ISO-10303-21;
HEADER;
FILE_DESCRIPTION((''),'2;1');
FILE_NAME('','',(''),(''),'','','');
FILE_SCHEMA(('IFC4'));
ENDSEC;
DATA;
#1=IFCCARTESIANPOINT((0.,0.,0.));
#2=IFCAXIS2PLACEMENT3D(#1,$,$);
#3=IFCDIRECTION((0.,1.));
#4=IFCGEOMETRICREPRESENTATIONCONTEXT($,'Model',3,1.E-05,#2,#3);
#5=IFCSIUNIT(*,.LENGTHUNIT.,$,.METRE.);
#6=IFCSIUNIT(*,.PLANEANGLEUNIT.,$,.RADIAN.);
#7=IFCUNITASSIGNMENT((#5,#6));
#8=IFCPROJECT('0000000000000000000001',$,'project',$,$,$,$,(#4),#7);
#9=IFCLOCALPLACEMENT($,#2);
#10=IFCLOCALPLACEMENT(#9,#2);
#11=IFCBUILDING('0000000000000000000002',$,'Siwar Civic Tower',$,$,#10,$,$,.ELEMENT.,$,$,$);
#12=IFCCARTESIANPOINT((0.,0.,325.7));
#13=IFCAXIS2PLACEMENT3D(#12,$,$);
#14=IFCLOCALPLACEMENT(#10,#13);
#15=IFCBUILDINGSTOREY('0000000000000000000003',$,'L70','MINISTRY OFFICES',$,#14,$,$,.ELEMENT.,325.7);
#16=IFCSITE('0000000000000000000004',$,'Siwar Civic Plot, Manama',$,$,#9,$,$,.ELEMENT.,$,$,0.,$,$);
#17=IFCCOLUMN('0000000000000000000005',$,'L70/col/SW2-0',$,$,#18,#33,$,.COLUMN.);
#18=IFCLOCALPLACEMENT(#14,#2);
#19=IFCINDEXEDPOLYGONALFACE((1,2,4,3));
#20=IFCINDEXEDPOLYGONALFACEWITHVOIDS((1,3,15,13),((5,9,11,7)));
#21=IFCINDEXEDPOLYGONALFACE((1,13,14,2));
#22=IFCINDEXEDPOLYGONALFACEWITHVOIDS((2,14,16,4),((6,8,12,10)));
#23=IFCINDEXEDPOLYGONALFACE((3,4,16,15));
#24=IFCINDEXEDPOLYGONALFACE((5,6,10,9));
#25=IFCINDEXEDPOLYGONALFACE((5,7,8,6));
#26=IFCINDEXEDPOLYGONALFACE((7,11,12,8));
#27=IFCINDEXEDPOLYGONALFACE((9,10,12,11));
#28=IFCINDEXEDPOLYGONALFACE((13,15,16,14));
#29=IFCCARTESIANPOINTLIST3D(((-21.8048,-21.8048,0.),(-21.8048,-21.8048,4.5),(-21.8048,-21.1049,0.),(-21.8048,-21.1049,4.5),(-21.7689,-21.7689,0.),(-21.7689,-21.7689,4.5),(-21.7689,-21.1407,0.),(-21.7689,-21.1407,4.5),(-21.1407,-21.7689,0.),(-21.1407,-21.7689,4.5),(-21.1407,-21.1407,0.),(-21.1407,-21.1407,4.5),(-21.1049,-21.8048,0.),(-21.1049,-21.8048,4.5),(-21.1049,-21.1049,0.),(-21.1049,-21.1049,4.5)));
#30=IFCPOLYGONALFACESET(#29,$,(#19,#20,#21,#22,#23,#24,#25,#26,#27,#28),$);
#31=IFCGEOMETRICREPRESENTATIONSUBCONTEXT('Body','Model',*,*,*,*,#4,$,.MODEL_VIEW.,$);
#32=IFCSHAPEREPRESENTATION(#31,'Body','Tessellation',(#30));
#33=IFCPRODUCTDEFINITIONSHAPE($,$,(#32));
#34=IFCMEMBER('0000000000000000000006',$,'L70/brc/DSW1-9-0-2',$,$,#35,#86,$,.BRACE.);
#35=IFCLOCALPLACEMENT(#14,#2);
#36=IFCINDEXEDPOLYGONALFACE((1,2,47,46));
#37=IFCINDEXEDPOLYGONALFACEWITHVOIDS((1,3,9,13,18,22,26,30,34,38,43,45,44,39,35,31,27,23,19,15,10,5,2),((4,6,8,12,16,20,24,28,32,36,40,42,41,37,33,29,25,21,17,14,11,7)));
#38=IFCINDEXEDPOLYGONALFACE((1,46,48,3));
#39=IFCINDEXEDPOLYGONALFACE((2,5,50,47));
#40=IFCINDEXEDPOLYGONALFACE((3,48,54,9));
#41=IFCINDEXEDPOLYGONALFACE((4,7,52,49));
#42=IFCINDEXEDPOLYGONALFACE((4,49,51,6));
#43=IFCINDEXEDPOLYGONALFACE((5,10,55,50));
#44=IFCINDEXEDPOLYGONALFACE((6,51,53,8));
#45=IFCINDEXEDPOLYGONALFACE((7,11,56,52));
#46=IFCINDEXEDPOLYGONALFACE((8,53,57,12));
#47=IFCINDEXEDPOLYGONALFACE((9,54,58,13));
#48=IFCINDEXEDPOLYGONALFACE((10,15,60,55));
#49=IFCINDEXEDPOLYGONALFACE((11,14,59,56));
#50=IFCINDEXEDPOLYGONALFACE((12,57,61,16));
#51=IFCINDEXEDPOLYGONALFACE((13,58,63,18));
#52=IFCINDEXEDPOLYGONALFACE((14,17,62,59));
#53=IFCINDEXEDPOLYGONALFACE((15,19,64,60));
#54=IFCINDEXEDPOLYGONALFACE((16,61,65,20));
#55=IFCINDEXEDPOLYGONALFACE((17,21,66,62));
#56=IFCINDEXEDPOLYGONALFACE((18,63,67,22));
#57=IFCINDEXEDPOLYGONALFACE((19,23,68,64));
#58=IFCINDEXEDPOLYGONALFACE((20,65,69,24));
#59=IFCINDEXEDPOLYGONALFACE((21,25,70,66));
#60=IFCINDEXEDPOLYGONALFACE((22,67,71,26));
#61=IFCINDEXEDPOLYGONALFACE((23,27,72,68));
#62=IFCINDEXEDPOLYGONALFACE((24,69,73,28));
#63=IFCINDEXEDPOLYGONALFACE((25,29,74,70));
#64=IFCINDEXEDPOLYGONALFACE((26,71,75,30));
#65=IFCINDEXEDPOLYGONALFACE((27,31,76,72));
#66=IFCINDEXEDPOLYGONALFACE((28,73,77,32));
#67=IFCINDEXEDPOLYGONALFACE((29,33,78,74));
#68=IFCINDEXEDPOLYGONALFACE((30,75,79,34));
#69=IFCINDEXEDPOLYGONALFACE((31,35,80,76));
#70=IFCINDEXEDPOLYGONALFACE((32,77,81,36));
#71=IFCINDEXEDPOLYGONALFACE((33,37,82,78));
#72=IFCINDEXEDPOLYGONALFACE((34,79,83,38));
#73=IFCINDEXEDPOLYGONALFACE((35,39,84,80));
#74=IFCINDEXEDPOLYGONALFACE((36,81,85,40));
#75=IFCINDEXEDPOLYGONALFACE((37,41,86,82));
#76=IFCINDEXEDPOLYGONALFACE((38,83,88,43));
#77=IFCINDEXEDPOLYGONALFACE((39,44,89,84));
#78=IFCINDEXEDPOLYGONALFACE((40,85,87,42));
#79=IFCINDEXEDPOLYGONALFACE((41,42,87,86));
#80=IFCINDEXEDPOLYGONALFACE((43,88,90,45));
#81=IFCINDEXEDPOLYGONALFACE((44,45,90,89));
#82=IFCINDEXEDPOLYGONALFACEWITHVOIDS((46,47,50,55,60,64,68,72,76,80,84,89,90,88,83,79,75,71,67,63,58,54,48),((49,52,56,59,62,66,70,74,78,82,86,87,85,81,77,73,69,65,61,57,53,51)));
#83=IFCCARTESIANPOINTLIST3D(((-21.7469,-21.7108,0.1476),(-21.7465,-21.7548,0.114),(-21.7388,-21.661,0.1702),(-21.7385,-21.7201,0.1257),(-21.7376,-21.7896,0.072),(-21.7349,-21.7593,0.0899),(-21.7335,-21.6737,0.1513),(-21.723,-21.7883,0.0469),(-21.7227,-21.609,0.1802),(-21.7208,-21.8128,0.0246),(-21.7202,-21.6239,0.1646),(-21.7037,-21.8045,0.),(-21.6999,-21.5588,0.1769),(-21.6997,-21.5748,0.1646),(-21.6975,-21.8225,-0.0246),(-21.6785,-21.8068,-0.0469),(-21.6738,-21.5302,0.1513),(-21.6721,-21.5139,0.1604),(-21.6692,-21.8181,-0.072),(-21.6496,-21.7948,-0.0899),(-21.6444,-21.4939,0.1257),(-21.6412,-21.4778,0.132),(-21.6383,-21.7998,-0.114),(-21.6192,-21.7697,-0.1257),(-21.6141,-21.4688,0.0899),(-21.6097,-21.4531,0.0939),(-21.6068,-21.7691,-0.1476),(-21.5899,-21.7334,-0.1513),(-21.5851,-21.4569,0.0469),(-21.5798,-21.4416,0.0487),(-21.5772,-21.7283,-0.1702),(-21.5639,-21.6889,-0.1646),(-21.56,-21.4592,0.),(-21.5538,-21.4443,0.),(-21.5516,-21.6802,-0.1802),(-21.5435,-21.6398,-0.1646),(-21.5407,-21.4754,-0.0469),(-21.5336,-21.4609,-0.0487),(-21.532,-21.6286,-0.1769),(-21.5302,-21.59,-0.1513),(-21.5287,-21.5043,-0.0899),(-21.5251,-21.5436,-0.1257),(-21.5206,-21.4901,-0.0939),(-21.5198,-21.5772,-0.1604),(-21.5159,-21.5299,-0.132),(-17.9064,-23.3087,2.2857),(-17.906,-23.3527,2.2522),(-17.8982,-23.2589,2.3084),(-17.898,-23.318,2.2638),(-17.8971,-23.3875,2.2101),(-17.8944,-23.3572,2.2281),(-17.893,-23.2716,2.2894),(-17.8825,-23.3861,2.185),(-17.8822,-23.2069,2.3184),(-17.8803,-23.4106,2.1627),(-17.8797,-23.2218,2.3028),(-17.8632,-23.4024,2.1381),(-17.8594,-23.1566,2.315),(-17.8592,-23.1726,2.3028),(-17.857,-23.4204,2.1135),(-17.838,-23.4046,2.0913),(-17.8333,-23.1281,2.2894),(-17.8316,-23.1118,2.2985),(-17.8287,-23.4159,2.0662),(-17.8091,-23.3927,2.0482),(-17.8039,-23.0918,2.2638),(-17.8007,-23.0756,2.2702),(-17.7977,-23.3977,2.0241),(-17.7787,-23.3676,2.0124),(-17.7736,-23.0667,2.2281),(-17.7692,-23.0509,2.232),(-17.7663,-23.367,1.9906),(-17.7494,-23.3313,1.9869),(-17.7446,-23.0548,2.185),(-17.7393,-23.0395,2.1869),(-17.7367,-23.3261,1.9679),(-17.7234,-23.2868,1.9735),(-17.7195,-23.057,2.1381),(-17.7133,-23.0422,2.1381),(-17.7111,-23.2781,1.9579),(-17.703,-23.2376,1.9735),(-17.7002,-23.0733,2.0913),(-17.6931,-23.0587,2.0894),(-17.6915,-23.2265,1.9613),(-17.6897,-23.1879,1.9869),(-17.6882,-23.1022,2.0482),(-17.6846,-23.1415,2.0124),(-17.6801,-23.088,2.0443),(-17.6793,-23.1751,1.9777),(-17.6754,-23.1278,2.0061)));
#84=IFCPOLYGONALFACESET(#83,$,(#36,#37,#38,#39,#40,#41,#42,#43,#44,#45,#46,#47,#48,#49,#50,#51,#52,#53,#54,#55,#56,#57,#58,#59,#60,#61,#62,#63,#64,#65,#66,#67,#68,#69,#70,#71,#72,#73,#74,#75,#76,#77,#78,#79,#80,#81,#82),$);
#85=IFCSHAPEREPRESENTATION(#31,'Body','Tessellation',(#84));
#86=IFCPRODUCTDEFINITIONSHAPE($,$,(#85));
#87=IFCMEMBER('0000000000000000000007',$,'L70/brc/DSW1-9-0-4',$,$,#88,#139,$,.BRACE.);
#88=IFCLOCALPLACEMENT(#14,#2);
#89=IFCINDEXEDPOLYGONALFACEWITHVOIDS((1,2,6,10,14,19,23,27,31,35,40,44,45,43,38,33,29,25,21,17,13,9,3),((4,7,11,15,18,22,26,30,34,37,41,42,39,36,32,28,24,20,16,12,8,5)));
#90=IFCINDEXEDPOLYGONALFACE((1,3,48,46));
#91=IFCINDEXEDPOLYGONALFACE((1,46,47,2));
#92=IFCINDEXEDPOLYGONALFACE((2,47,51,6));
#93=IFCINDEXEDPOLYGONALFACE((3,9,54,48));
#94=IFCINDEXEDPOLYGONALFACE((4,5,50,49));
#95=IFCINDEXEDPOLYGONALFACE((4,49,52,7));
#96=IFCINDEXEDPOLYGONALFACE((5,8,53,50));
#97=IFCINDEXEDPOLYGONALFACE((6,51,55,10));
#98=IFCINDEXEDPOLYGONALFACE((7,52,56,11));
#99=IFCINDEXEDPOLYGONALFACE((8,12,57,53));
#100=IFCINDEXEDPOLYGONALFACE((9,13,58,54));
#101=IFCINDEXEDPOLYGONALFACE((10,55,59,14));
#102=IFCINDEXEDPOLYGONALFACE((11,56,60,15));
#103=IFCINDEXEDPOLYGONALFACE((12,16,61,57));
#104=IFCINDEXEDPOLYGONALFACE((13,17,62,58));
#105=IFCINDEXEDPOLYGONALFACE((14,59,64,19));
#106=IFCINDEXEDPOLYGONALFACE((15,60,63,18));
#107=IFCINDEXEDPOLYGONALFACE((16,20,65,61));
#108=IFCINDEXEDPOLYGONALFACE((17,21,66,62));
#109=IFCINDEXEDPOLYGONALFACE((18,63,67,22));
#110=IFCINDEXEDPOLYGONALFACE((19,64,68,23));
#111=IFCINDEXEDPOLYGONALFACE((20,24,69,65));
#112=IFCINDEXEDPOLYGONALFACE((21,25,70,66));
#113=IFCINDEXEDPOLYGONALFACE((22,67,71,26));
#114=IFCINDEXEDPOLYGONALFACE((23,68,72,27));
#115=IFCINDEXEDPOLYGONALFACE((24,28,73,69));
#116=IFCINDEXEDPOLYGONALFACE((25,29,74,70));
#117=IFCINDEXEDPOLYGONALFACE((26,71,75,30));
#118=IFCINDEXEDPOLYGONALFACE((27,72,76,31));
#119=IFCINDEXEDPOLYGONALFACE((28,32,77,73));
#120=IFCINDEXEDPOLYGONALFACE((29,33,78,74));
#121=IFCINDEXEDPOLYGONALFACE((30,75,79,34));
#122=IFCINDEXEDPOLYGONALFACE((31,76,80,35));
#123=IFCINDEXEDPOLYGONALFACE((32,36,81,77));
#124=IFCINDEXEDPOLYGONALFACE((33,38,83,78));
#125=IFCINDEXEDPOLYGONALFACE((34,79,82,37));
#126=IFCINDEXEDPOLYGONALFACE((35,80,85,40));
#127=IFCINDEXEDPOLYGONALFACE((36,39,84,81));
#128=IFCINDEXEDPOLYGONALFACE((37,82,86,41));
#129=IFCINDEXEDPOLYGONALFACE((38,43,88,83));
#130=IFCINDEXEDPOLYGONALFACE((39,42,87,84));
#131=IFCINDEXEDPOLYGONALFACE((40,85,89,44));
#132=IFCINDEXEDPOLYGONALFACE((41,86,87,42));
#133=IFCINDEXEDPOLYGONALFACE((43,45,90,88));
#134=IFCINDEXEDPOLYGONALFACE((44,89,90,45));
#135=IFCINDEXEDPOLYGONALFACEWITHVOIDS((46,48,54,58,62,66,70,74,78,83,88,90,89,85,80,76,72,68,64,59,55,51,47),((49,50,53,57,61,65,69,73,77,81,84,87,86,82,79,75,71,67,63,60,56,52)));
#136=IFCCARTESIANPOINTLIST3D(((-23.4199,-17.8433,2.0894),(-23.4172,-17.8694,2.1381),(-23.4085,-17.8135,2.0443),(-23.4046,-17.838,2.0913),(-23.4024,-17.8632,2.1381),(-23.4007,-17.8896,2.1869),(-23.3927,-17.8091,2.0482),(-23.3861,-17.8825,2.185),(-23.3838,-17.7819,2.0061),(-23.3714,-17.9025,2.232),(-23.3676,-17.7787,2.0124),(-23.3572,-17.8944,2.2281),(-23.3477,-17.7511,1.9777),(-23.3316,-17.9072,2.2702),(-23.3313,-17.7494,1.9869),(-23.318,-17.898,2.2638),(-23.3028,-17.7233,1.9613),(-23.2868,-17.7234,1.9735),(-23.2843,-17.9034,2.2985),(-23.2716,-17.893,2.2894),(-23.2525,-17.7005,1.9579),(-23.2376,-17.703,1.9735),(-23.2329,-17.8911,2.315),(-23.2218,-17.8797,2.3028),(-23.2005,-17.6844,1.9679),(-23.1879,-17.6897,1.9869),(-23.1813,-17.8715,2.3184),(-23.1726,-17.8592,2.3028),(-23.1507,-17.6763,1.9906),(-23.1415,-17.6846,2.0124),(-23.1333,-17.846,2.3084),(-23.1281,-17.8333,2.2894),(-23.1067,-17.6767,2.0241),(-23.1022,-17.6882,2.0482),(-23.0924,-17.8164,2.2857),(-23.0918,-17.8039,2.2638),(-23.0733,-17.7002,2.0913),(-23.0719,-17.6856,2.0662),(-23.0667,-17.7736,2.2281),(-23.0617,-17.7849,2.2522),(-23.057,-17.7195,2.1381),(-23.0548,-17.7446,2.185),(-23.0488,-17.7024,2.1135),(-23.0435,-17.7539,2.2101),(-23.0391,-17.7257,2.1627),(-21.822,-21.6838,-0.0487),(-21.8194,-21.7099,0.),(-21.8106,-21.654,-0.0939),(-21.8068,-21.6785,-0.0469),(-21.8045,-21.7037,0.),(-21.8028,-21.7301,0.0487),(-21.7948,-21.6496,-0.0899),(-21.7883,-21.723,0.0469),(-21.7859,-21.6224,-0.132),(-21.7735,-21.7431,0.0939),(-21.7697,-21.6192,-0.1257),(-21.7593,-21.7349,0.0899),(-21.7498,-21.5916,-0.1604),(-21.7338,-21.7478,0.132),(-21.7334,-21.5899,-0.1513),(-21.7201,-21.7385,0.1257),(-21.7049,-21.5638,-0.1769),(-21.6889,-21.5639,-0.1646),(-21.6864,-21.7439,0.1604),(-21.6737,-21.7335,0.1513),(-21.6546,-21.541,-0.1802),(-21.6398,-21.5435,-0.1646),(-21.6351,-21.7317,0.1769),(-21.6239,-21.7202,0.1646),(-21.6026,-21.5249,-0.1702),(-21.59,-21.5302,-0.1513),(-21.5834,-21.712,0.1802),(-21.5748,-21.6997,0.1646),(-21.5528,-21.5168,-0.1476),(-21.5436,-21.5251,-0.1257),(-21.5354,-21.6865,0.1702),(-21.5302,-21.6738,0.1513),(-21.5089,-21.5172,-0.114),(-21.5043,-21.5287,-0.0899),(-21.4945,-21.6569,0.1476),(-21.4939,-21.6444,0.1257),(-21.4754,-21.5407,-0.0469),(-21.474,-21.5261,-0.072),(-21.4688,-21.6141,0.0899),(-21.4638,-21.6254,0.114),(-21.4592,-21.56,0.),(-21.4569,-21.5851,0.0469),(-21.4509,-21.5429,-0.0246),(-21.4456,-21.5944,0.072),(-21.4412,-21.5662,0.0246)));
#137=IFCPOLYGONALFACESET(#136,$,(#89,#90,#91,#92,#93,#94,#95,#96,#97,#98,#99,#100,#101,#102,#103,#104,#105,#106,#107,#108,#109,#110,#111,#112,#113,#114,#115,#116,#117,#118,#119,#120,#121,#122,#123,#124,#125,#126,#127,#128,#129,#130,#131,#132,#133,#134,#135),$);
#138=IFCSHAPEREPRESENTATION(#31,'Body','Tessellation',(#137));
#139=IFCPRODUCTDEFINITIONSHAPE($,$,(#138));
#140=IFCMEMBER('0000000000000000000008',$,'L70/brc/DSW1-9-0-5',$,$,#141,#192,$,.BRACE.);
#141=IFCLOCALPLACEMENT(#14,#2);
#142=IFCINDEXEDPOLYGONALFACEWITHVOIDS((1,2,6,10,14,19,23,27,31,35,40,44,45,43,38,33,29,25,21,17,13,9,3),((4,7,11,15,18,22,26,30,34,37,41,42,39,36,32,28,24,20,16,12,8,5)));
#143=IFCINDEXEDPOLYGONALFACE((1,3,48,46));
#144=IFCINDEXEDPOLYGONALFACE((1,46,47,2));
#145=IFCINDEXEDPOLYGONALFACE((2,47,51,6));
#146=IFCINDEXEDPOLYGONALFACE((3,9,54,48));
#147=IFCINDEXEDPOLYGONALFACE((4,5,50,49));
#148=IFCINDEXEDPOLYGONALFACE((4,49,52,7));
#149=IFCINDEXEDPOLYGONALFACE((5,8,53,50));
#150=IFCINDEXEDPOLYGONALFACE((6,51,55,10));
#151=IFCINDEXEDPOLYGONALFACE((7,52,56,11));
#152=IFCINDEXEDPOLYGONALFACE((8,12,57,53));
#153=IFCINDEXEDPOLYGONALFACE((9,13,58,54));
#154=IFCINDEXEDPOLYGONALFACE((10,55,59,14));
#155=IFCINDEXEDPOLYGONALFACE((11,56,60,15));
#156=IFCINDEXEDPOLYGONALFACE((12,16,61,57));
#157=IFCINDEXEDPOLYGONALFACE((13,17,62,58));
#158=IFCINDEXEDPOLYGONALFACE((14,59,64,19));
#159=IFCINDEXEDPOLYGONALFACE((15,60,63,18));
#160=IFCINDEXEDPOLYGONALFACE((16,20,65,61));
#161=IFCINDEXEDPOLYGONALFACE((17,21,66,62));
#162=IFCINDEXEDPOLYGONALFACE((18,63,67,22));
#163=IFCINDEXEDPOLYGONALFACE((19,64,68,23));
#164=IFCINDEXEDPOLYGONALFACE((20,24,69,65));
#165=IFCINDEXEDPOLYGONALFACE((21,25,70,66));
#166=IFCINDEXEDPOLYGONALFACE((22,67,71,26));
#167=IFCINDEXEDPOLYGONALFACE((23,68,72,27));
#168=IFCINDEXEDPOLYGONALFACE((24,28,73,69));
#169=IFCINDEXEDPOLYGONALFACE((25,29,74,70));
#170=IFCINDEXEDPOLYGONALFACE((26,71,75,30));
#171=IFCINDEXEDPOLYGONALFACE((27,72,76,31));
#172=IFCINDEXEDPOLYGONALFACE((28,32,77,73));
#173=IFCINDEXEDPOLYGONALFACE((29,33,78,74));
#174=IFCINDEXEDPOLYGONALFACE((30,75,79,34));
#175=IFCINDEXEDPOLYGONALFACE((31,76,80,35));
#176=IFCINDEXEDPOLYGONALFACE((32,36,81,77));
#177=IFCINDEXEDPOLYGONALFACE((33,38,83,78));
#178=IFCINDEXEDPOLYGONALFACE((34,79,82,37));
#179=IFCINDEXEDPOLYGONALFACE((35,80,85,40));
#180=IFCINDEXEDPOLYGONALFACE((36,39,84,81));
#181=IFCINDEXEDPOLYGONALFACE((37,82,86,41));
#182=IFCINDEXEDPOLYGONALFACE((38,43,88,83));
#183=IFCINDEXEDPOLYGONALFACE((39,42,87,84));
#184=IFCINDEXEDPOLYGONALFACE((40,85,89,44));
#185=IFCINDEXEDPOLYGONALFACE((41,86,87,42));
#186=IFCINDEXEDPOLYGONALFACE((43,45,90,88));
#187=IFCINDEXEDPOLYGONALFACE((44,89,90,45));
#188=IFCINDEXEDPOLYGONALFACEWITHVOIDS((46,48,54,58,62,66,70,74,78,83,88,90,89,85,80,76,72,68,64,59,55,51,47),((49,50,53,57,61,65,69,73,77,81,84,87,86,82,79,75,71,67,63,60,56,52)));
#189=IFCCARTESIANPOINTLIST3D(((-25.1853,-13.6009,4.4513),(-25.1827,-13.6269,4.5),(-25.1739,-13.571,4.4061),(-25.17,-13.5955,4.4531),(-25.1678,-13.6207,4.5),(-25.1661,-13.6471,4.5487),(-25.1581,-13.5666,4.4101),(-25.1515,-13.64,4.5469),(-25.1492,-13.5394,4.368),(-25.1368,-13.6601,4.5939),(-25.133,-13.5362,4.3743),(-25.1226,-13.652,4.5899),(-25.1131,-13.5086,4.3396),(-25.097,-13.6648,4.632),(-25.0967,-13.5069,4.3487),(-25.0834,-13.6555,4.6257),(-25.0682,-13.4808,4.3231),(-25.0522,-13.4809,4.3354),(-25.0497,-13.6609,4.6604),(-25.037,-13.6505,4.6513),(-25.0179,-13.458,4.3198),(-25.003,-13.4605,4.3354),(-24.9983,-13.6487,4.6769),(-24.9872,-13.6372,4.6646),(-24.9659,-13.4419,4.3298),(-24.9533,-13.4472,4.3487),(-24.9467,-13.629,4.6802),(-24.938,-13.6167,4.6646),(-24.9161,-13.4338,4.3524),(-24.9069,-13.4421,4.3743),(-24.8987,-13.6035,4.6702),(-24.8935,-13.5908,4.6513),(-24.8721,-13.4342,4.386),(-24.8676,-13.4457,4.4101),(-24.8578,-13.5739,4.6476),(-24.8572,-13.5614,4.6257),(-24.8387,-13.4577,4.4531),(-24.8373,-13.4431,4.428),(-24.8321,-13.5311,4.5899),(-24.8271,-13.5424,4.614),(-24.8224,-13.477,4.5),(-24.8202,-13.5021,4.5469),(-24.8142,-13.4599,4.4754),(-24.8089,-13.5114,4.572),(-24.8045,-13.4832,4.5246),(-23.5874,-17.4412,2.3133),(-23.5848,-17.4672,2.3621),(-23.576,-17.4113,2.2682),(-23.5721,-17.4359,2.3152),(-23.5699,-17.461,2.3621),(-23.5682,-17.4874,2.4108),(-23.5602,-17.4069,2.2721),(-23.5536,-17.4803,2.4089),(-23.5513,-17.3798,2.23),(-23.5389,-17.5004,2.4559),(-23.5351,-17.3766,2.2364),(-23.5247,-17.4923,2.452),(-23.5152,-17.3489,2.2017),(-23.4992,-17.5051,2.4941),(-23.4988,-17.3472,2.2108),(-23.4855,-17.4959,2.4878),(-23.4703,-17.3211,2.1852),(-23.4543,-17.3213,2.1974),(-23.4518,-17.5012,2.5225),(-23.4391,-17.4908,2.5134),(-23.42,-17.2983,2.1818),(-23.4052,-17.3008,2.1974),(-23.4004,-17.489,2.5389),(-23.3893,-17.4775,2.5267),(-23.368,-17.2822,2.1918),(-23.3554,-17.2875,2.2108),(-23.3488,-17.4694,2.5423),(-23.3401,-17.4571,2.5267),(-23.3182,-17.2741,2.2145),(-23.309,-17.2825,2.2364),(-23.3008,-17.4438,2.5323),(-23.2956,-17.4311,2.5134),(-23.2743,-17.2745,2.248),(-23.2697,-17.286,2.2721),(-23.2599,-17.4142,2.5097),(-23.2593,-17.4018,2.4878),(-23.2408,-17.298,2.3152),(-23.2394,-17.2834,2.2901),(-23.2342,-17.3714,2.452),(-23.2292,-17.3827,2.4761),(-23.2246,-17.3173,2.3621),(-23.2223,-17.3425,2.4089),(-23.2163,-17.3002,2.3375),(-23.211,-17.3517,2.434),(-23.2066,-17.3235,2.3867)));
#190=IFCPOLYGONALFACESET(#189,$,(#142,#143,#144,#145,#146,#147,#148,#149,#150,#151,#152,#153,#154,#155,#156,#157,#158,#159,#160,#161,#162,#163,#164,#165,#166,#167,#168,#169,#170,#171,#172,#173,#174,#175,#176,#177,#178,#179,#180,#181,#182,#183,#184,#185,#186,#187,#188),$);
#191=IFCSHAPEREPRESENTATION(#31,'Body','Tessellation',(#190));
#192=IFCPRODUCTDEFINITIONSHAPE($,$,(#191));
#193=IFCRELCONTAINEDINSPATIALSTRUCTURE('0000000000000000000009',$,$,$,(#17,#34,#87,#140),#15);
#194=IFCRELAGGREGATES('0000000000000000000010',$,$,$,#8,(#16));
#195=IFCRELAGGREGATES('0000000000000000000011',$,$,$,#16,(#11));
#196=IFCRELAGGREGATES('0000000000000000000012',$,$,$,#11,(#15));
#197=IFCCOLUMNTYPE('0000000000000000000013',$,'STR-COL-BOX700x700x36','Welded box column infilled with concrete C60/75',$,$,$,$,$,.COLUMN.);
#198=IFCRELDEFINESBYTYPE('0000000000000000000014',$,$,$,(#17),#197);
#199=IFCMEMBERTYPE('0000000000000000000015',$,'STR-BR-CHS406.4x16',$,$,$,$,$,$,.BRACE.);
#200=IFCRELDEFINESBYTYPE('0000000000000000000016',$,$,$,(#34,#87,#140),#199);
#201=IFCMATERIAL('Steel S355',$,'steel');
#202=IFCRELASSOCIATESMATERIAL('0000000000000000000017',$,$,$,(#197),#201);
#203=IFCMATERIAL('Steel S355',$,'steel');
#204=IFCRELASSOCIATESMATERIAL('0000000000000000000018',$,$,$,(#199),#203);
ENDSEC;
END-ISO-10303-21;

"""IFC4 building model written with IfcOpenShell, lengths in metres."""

from ifc_helpers import new_model, si_unit, direction, frame, origin, origin_2d, place, context, subcontext, project, spatial, hollow_rectangle, hollow_circle, extrude, material, material_profile, profile_set, type_object, element, save


model = new_model("IFC4")

# Units and contexts
model_context = context("Model", 3, precision=1e-05, world=origin(), true_north=direction((0.0, 1.0)))
body_context = subcontext(model_context, "Body", "Model", "MODEL_VIEW")
ifc_project = project(units=[si_unit("LENGTHUNIT", "METRE"), si_unit("PLANEANGLEUNIT", "RADIAN")], contexts=[model_context])

# Site, building, storey
site_placement = place(None, origin())
site = spatial("IfcSite", under=ifc_project, at=site_placement, Name="Siwar Civic Plot, Manama", CompositionType="ELEMENT", RefElevation=0.0)
building_placement = place(site_placement, origin())
building = spatial("IfcBuilding", under=site, at=building_placement, Name="Siwar Civic Tower", CompositionType="ELEMENT")
storey_placement = place(building_placement, frame((0.0, 0.0, 325.7)))
storey = spatial("IfcBuildingStorey", under=building, at=storey_placement, Name="L70", Description="MINISTRY OFFICES", CompositionType="ELEMENT", Elevation=325.7)

# Column
ifc_material_1 = material(Name="Steel S355", Category="steel")
ifc_material_profile_1 = material_profile(ifc_material_1, hollow_rectangle(XDim=0.7, YDim=0.7, WallThickness=0.0359, at=origin_2d()), Name="BOX700x700x36")
ifc_profile_set_1 = profile_set([ifc_material_profile_1], Name="Steel S355")
column_type = type_object("IfcColumnType", Name="STR-COL-BOX700x700x36", Description="Welded box column infilled with concrete C60/75", PredefinedType="COLUMN", material=ifc_profile_set_1)
column_placement = place(storey_placement, frame((-21.4548, -21.4548, 0.0), z_axis=(0.0, 0.0, 1.0), x_axis=(1.0, 0.0, 0.0)))
element("IfcColumn", 1, at=column_placement, inside=storey, type_object=column_type, Name="L70/col/SW2-0", PredefinedType="COLUMN", context=body_context, shape_type="SweptSolid", body=[
    extrude(hollow_rectangle(XDim=0.7, YDim=0.7, WallThickness=0.0359, at=origin_2d()), origin(), (0.0, 0.0, 1.0), 4.5),
])

# Members
ifc_material_2 = material(Name="Steel S355", Category="steel")
ifc_material_profile_2 = material_profile(ifc_material_2, hollow_circle(Radius=0.2031, WallThickness=0.0161, at=origin_2d()), Name="CHS406.4x16")
ifc_profile_set_2 = profile_set([ifc_material_profile_2], Name="Steel S355")
member_type = type_object("IfcMemberType", Name="STR-BR-CHS406.4x16", PredefinedType="BRACE", material=ifc_profile_set_2)
for number, where, z_axis, x_axis, name in (
    (2, (-21.6318, -21.6318, 0.0), (0.821147, -0.341644, 0.457161), (0.384136, 0.923276, 0.0), "L70/brc/DSW1-9-0-2"),
    (3, (-21.6318, -21.6318, 0.0), (-0.341644, 0.821147, 0.457161), (-0.923276, -0.384136, 0.0), "L70/brc/DSW1-9-0-4"),
):
    element("IfcMember", number, at=place(storey_placement, frame(where, z_axis=z_axis, x_axis=x_axis)), inside=storey, type_object=member_type, Name=name, PredefinedType="BRACE", context=body_context, shape_type="SweptSolid", body=[
        extrude(hollow_circle(Radius=0.2031, WallThickness=0.0161, at=origin_2d()), origin(), (0.0, 0.0, 1.0), 4.677),
    ])
member_placement = place(storey_placement, frame((-23.3972, -17.3892, 2.3621), z_axis=(-0.341667, 0.82115, 0.45714), x_axis=(-0.923268, -0.384157, 0.0)))
element("IfcMember", 4, at=member_placement, inside=storey, type_object=member_type, Name="L70/brc/DSW1-9-0-5", PredefinedType="BRACE", context=body_context, shape_type="SweptSolid", body=[
    extrude(hollow_circle(Radius=0.2031, WallThickness=0.0161, at=origin_2d()), origin(), (0.0, 0.0, 1.0), 4.6768),
])

save(model, "model.ifc")
